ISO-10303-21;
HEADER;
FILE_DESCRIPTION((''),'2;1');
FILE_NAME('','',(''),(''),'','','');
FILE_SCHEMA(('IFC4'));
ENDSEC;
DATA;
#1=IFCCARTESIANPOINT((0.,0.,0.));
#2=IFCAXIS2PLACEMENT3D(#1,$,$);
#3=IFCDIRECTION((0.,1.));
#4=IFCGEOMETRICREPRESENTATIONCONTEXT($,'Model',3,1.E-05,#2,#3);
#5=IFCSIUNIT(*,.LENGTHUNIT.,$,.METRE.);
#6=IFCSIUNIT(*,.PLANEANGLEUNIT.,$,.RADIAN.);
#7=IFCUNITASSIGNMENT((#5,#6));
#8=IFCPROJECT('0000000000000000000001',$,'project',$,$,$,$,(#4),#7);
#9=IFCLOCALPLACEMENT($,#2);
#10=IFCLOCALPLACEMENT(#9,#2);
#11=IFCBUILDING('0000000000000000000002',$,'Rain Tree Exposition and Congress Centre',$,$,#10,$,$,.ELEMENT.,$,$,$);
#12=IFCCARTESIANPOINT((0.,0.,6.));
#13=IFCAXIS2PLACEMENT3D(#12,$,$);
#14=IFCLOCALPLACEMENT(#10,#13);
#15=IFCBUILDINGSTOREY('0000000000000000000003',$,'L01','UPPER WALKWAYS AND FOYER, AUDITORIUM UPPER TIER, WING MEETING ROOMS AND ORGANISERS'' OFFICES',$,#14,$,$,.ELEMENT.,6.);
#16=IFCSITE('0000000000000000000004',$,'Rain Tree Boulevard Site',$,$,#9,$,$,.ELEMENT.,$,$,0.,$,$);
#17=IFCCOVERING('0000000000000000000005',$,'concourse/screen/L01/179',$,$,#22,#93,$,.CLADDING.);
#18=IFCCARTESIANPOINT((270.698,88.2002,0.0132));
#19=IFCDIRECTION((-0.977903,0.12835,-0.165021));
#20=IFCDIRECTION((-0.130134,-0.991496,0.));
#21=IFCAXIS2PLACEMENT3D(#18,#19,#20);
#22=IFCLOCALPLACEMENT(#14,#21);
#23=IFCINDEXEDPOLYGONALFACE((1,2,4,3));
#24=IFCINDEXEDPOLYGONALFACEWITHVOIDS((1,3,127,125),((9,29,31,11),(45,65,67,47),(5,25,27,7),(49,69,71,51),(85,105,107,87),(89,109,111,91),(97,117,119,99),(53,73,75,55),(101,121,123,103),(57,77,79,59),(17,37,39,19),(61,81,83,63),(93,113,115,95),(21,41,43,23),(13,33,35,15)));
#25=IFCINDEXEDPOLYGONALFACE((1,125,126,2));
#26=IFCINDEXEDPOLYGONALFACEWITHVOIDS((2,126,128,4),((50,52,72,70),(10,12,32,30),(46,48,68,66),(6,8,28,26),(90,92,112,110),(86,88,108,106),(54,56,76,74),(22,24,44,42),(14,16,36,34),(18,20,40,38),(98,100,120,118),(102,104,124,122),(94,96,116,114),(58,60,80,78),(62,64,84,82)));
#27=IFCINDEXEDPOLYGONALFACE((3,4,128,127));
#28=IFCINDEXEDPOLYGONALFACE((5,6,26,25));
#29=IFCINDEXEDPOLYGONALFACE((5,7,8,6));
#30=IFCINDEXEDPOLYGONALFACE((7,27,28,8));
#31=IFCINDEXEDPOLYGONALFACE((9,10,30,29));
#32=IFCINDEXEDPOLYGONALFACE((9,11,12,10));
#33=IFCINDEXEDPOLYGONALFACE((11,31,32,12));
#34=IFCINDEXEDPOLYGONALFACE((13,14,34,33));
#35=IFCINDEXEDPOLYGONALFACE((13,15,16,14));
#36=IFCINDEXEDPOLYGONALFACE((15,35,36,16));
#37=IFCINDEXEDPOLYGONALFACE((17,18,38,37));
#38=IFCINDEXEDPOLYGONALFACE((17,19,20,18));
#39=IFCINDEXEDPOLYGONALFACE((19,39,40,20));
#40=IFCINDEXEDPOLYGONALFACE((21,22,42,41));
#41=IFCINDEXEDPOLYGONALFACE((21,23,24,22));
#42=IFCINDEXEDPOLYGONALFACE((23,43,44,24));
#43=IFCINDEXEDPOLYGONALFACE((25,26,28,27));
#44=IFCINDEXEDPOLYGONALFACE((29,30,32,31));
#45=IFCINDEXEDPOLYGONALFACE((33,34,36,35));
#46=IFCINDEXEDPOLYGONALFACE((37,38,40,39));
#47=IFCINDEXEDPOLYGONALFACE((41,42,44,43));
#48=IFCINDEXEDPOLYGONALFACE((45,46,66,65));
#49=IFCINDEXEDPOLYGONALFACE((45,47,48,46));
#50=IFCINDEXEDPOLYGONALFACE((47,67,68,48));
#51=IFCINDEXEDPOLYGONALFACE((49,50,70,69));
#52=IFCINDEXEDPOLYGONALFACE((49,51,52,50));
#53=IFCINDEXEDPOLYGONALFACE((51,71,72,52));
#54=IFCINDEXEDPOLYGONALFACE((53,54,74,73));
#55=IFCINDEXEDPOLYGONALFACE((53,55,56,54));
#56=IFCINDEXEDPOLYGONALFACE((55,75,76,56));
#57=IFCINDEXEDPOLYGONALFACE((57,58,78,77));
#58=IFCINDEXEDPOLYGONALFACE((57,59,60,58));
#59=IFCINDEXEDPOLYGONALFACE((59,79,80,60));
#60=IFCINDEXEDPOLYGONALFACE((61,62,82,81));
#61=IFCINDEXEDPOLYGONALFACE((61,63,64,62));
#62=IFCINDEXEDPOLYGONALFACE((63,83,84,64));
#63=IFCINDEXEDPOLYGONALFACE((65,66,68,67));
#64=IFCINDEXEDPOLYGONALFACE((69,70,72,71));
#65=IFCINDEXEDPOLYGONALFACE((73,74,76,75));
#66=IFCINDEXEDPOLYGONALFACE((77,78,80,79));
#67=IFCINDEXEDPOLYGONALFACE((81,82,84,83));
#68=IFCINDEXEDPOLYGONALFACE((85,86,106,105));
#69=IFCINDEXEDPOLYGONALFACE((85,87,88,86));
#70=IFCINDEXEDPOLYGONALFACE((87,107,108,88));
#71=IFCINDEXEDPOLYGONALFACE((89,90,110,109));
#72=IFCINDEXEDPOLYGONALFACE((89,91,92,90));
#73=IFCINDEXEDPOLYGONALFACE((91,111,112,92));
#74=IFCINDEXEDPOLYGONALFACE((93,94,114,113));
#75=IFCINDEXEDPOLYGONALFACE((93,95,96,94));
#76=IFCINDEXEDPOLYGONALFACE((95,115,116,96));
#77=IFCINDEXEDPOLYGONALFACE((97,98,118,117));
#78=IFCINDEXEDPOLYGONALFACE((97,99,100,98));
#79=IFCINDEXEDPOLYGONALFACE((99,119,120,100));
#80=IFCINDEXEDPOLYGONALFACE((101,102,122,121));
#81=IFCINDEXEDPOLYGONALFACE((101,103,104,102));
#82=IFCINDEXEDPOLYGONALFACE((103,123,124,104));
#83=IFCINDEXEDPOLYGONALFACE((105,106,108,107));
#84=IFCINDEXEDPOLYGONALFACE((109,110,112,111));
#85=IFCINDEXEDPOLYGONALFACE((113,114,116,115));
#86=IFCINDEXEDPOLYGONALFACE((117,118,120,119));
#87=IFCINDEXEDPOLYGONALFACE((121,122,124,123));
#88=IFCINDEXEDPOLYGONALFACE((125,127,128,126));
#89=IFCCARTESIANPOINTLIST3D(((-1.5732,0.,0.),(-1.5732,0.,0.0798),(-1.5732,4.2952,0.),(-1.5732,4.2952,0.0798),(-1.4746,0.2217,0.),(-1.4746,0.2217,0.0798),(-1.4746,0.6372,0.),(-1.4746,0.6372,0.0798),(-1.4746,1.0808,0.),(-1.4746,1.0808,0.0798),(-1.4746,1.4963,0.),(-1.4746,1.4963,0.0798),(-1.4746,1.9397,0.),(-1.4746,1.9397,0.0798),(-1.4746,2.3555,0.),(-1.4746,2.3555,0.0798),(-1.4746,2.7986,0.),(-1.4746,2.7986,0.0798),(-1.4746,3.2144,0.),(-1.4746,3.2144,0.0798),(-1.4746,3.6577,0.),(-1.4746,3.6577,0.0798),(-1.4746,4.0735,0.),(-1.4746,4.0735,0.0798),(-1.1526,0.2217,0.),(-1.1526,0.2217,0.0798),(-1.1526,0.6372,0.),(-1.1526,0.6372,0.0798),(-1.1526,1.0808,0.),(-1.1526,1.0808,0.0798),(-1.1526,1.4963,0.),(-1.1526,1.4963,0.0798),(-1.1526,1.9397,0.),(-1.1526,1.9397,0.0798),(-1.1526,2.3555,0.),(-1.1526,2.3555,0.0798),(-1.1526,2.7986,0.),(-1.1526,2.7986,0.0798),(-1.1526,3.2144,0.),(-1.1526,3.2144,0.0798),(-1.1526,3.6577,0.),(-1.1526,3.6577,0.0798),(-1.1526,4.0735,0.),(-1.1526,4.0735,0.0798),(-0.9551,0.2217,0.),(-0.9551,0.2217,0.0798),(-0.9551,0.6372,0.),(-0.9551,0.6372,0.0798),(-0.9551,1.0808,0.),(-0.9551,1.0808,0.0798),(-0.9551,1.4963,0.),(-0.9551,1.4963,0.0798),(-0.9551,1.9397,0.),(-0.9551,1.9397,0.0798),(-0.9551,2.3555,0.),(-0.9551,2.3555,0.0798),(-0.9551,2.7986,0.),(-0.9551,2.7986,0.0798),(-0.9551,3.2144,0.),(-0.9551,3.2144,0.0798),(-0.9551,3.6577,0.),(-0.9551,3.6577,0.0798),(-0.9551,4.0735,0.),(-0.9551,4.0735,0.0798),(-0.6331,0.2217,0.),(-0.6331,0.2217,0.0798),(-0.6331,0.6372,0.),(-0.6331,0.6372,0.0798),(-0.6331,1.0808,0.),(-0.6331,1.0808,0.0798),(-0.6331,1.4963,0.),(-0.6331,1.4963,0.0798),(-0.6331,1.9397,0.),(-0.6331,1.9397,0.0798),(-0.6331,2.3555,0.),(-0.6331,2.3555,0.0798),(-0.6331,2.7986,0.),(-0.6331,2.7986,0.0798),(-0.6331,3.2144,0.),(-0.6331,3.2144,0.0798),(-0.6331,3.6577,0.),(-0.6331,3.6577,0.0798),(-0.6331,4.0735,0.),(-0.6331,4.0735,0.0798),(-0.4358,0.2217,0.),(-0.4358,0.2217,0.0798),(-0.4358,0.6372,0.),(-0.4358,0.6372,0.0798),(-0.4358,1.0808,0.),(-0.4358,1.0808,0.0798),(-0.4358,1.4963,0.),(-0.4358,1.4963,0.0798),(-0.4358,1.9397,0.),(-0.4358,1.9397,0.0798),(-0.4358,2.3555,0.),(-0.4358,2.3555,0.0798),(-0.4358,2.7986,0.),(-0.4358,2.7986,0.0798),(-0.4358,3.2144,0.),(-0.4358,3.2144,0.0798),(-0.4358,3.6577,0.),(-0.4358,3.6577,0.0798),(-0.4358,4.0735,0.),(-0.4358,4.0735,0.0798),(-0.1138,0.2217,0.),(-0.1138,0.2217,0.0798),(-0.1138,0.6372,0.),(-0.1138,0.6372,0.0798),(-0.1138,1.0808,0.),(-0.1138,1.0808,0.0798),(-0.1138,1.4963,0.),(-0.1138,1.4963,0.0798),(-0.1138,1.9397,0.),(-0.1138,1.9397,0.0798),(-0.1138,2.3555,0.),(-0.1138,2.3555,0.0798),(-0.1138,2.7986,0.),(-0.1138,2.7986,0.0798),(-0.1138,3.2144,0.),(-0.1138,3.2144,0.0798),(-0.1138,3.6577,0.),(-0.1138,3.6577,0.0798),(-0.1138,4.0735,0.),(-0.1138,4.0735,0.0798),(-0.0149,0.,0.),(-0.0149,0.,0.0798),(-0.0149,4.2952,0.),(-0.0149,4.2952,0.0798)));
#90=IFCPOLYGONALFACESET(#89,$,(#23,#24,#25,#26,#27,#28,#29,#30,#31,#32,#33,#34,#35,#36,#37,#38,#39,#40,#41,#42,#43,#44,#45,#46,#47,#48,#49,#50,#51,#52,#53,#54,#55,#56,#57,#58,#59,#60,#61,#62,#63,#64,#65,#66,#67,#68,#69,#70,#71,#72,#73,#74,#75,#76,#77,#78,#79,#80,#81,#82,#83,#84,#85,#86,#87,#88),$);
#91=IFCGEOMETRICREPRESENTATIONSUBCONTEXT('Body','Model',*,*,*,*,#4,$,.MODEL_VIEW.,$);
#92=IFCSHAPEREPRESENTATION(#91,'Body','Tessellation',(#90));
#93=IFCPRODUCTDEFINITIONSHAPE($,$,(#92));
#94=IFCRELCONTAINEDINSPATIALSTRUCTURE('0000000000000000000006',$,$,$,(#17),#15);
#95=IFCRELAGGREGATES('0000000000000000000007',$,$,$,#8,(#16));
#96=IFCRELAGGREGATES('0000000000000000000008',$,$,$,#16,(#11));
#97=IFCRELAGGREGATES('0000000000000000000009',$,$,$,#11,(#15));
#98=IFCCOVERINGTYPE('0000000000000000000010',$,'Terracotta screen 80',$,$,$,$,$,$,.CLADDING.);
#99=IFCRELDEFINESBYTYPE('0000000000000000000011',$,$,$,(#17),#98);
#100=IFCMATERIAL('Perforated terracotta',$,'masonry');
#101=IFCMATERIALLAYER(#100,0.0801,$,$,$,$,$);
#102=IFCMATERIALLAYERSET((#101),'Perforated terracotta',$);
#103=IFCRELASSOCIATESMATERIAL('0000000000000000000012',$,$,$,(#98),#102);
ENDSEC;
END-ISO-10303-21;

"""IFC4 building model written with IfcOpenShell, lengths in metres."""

from ifc_helpers import new_model, si_unit, direction, frame, origin, place, context, subcontext, project, spatial, polyline, outline, extrude, material, layer, layer_set, type_object, element, save


model = new_model("IFC4")

# Units and contexts
model_context = context("Model", 3, precision=1e-05, world=origin(), true_north=direction((0.0, 1.0)))
body_context = subcontext(model_context, "Body", "Model", "MODEL_VIEW")
ifc_project = project(units=[si_unit("LENGTHUNIT", "METRE"), si_unit("PLANEANGLEUNIT", "RADIAN")], contexts=[model_context])

# Site, building, storey
site_placement = place(None, origin())
site = spatial("IfcSite", under=ifc_project, at=site_placement, Name="Rain Tree Boulevard Site", CompositionType="ELEMENT", RefElevation=0.0)
building_placement = place(site_placement, origin())
building = spatial("IfcBuilding", under=site, at=building_placement, Name="Rain Tree Exposition and Congress Centre", CompositionType="ELEMENT")
storey_placement = place(building_placement, frame((0.0, 0.0, 6.0)))
storey = spatial("IfcBuildingStorey", under=building, at=storey_placement, Name="L01", Description="UPPER WALKWAYS AND FOYER, AUDITORIUM UPPER TIER, WING MEETING ROOMS AND ORGANISERS' OFFICES", CompositionType="ELEMENT", Elevation=6.0)

# Covering
ifc_material_1 = material(Name="Perforated terracotta", Category="masonry")
ifc_layer_1 = layer(ifc_material_1, 0.0801)
ifc_layer_set_1 = layer_set([ifc_layer_1], Name="Perforated terracotta")
covering_type = type_object("IfcCoveringType", Name="Terracotta screen 80", PredefinedType="CLADDING", material=ifc_layer_set_1)
covering_1_placement = place(storey_placement, frame((270.698, 88.2002, 0.0132), z_axis=(-0.977903, 0.12835, -0.165021), x_axis=(-0.130134, -0.991496, 0.0)))
element("IfcCovering", 1, at=covering_1_placement, inside=storey, type_object=covering_type, Name="concourse/screen/L01/179", PredefinedType="CLADDING", context=body_context, shape_type="SweptSolid", body=[
    extrude(outline(polyline([(-1.5732, 0.0), (-1.5732, 4.2952), (-0.0149, 4.2952), (-0.0149, 0.0), (-1.5732, 0.0)]), holes=[polyline([(-0.1138, 0.2217), (-0.1138, 0.6372), (-0.4358, 0.6372), (-0.4358, 0.2217), (-0.1138, 0.2217)]), polyline([(-0.1138, 1.0808), (-0.1138, 1.4963), (-0.4358, 1.4963), (-0.4358, 1.0808), (-0.1138, 1.0808)]), polyline([(-0.1138, 1.9397), (-0.1138, 2.3555), (-0.4358, 2.3555), (-0.4358, 1.9397), (-0.1138, 1.9397)]), polyline([(-0.1138, 2.7986), (-0.1138, 3.2144), (-0.4358, 3.2144), (-0.4358, 2.7986), (-0.1138, 2.7986)]), polyline([(-0.1138, 3.6577), (-0.1138, 4.0735), (-0.4358, 4.0735), (-0.4358, 3.6577), (-0.1138, 3.6577)]), polyline([(-0.6331, 0.2217), (-0.6331, 0.6372), (-0.9551, 0.6372), (-0.9551, 0.2217), (-0.6331, 0.2217)]), polyline([(-0.6331, 1.0808), (-0.6331, 1.4963), (-0.9551, 1.4963), (-0.9551, 1.0808), (-0.6331, 1.0808)]), polyline([(-0.6331, 1.9397), (-0.6331, 2.3555), (-0.9551, 2.3555), (-0.9551, 1.9397), (-0.6331, 1.9397)]), polyline([(-0.6331, 2.7986), (-0.6331, 3.2144), (-0.9551, 3.2144), (-0.9551, 2.7986), (-0.6331, 2.7986)]), polyline([(-0.6331, 3.6577), (-0.6331, 4.0735), (-0.9551, 4.0735), (-0.9551, 3.6577), (-0.6331, 3.6577)]), polyline([(-1.1526, 0.2217), (-1.1526, 0.6372), (-1.4746, 0.6372), (-1.4746, 0.2217), (-1.1526, 0.2217)]), polyline([(-1.1526, 1.0808), (-1.1526, 1.4963), (-1.4746, 1.4963), (-1.4746, 1.0808), (-1.1526, 1.0808)]), polyline([(-1.1526, 1.9397), (-1.1526, 2.3555), (-1.4746, 2.3555), (-1.4746, 1.9397), (-1.1526, 1.9397)]), polyline([(-1.1526, 2.7986), (-1.1526, 3.2144), (-1.4746, 3.2144), (-1.4746, 2.7986), (-1.1526, 2.7986)]), polyline([(-1.1526, 3.6577), (-1.1526, 4.0735), (-1.4746, 4.0735), (-1.4746, 3.6577), (-1.1526, 3.6577)])]), origin(), (0.0, 0.0, 1.0), 0.0798),
])

save(model, "model.ifc")
